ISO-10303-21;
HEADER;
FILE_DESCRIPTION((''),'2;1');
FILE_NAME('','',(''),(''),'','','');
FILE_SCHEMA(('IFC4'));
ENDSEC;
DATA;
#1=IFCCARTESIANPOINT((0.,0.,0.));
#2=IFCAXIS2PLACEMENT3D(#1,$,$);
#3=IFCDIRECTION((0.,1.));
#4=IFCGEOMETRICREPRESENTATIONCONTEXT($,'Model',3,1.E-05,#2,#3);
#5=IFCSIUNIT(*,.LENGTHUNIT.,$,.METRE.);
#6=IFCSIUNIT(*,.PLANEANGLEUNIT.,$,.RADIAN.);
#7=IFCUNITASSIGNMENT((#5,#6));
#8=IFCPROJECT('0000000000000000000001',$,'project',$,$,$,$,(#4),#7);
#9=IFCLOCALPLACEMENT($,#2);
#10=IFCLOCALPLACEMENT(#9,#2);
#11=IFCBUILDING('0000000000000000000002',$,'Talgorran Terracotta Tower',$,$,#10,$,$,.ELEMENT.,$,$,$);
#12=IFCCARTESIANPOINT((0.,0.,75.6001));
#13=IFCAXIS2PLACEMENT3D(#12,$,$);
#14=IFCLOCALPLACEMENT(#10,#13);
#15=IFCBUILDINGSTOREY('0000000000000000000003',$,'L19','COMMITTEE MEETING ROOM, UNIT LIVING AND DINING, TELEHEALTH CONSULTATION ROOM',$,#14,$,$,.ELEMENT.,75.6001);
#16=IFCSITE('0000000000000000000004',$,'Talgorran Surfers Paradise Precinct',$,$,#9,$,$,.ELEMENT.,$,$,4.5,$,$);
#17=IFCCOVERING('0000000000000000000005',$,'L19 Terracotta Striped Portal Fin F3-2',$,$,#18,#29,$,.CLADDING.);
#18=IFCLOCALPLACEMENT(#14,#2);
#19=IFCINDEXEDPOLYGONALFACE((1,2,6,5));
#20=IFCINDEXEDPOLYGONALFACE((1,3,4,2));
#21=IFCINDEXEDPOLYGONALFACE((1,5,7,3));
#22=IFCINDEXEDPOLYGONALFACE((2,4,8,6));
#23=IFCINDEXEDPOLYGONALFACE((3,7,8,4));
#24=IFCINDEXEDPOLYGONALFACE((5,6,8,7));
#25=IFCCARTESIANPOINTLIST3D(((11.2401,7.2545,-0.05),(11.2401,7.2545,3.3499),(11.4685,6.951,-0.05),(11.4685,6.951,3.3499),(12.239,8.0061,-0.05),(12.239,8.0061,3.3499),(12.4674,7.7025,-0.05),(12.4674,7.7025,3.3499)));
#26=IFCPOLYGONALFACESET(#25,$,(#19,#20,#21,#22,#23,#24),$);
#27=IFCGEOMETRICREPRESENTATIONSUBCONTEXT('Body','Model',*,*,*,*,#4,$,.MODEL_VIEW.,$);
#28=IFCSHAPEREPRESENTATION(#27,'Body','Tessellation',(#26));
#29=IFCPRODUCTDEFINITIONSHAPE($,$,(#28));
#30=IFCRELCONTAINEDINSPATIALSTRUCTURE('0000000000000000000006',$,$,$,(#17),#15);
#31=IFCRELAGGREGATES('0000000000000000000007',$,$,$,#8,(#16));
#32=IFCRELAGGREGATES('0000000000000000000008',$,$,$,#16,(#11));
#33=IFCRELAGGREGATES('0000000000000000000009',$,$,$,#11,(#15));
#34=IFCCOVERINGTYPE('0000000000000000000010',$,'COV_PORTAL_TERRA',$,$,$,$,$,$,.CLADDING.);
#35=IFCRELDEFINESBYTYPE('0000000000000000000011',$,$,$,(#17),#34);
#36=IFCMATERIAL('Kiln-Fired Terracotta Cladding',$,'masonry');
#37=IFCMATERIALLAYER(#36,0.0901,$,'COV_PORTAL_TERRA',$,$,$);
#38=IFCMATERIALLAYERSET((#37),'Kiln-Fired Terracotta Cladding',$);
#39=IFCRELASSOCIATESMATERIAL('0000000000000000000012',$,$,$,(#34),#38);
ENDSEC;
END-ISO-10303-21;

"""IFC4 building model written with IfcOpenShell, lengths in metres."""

from ifc_helpers import new_model, si_unit, direction, frame, origin, origin_2d, place, context, subcontext, project, spatial, rectangle, extrude, material, layer, layer_set, type_object, element, save


model = new_model("IFC4")

# Units and contexts
model_context = context("Model", 3, precision=1e-05, world=origin(), true_north=direction((0.0, 1.0)))
body_context = subcontext(model_context, "Body", "Model", "MODEL_VIEW")
ifc_project = project(units=[si_unit("LENGTHUNIT", "METRE"), si_unit("PLANEANGLEUNIT", "RADIAN")], contexts=[model_context])

# Site, building, storey
site_placement = place(None, origin())
site = spatial("IfcSite", under=ifc_project, at=site_placement, Name="Talgorran Surfers Paradise Precinct", CompositionType="ELEMENT", RefElevation=4.5)
building_placement = place(site_placement, origin())
building = spatial("IfcBuilding", under=site, at=building_placement, Name="Talgorran Terracotta Tower", CompositionType="ELEMENT")
storey_placement = place(building_placement, frame((0.0, 0.0, 75.6001)))
storey = spatial("IfcBuildingStorey", under=building, at=storey_placement, Name="L19", Description="COMMITTEE MEETING ROOM, UNIT LIVING AND DINING, TELEHEALTH CONSULTATION ROOM", CompositionType="ELEMENT", Elevation=75.6001)

# Covering
ifc_material_1 = material(Name="Kiln-Fired Terracotta Cladding", Category="masonry")
ifc_layer_1 = layer(ifc_material_1, 0.0901, Name="COV_PORTAL_TERRA")
ifc_layer_set_1 = layer_set([ifc_layer_1], Name="Kiln-Fired Terracotta Cladding")
covering_type_1 = type_object("IfcCoveringType", Name="COV_PORTAL_TERRA", PredefinedType="CLADDING", material=ifc_layer_set_1)
covering_1_placement = place(storey_placement, frame((11.8538, 7.4785, -0.05), z_axis=(0.0, 0.0, 1.0), x_axis=(-0.601243, 0.799066, 0.0)))
element("IfcCovering", 1, at=covering_1_placement, inside=storey, type_object=covering_type_1, Name="L19 Terracotta Striped Portal Fin F3-2", PredefinedType="CLADDING", context=body_context, shape_type="SweptSolid", body=[
    extrude(rectangle(XDim=0.3799, YDim=1.25, at=origin_2d()), origin(), (0.0, 0.0, 1.0), 3.3999),
])

save(model, "model.ifc")
